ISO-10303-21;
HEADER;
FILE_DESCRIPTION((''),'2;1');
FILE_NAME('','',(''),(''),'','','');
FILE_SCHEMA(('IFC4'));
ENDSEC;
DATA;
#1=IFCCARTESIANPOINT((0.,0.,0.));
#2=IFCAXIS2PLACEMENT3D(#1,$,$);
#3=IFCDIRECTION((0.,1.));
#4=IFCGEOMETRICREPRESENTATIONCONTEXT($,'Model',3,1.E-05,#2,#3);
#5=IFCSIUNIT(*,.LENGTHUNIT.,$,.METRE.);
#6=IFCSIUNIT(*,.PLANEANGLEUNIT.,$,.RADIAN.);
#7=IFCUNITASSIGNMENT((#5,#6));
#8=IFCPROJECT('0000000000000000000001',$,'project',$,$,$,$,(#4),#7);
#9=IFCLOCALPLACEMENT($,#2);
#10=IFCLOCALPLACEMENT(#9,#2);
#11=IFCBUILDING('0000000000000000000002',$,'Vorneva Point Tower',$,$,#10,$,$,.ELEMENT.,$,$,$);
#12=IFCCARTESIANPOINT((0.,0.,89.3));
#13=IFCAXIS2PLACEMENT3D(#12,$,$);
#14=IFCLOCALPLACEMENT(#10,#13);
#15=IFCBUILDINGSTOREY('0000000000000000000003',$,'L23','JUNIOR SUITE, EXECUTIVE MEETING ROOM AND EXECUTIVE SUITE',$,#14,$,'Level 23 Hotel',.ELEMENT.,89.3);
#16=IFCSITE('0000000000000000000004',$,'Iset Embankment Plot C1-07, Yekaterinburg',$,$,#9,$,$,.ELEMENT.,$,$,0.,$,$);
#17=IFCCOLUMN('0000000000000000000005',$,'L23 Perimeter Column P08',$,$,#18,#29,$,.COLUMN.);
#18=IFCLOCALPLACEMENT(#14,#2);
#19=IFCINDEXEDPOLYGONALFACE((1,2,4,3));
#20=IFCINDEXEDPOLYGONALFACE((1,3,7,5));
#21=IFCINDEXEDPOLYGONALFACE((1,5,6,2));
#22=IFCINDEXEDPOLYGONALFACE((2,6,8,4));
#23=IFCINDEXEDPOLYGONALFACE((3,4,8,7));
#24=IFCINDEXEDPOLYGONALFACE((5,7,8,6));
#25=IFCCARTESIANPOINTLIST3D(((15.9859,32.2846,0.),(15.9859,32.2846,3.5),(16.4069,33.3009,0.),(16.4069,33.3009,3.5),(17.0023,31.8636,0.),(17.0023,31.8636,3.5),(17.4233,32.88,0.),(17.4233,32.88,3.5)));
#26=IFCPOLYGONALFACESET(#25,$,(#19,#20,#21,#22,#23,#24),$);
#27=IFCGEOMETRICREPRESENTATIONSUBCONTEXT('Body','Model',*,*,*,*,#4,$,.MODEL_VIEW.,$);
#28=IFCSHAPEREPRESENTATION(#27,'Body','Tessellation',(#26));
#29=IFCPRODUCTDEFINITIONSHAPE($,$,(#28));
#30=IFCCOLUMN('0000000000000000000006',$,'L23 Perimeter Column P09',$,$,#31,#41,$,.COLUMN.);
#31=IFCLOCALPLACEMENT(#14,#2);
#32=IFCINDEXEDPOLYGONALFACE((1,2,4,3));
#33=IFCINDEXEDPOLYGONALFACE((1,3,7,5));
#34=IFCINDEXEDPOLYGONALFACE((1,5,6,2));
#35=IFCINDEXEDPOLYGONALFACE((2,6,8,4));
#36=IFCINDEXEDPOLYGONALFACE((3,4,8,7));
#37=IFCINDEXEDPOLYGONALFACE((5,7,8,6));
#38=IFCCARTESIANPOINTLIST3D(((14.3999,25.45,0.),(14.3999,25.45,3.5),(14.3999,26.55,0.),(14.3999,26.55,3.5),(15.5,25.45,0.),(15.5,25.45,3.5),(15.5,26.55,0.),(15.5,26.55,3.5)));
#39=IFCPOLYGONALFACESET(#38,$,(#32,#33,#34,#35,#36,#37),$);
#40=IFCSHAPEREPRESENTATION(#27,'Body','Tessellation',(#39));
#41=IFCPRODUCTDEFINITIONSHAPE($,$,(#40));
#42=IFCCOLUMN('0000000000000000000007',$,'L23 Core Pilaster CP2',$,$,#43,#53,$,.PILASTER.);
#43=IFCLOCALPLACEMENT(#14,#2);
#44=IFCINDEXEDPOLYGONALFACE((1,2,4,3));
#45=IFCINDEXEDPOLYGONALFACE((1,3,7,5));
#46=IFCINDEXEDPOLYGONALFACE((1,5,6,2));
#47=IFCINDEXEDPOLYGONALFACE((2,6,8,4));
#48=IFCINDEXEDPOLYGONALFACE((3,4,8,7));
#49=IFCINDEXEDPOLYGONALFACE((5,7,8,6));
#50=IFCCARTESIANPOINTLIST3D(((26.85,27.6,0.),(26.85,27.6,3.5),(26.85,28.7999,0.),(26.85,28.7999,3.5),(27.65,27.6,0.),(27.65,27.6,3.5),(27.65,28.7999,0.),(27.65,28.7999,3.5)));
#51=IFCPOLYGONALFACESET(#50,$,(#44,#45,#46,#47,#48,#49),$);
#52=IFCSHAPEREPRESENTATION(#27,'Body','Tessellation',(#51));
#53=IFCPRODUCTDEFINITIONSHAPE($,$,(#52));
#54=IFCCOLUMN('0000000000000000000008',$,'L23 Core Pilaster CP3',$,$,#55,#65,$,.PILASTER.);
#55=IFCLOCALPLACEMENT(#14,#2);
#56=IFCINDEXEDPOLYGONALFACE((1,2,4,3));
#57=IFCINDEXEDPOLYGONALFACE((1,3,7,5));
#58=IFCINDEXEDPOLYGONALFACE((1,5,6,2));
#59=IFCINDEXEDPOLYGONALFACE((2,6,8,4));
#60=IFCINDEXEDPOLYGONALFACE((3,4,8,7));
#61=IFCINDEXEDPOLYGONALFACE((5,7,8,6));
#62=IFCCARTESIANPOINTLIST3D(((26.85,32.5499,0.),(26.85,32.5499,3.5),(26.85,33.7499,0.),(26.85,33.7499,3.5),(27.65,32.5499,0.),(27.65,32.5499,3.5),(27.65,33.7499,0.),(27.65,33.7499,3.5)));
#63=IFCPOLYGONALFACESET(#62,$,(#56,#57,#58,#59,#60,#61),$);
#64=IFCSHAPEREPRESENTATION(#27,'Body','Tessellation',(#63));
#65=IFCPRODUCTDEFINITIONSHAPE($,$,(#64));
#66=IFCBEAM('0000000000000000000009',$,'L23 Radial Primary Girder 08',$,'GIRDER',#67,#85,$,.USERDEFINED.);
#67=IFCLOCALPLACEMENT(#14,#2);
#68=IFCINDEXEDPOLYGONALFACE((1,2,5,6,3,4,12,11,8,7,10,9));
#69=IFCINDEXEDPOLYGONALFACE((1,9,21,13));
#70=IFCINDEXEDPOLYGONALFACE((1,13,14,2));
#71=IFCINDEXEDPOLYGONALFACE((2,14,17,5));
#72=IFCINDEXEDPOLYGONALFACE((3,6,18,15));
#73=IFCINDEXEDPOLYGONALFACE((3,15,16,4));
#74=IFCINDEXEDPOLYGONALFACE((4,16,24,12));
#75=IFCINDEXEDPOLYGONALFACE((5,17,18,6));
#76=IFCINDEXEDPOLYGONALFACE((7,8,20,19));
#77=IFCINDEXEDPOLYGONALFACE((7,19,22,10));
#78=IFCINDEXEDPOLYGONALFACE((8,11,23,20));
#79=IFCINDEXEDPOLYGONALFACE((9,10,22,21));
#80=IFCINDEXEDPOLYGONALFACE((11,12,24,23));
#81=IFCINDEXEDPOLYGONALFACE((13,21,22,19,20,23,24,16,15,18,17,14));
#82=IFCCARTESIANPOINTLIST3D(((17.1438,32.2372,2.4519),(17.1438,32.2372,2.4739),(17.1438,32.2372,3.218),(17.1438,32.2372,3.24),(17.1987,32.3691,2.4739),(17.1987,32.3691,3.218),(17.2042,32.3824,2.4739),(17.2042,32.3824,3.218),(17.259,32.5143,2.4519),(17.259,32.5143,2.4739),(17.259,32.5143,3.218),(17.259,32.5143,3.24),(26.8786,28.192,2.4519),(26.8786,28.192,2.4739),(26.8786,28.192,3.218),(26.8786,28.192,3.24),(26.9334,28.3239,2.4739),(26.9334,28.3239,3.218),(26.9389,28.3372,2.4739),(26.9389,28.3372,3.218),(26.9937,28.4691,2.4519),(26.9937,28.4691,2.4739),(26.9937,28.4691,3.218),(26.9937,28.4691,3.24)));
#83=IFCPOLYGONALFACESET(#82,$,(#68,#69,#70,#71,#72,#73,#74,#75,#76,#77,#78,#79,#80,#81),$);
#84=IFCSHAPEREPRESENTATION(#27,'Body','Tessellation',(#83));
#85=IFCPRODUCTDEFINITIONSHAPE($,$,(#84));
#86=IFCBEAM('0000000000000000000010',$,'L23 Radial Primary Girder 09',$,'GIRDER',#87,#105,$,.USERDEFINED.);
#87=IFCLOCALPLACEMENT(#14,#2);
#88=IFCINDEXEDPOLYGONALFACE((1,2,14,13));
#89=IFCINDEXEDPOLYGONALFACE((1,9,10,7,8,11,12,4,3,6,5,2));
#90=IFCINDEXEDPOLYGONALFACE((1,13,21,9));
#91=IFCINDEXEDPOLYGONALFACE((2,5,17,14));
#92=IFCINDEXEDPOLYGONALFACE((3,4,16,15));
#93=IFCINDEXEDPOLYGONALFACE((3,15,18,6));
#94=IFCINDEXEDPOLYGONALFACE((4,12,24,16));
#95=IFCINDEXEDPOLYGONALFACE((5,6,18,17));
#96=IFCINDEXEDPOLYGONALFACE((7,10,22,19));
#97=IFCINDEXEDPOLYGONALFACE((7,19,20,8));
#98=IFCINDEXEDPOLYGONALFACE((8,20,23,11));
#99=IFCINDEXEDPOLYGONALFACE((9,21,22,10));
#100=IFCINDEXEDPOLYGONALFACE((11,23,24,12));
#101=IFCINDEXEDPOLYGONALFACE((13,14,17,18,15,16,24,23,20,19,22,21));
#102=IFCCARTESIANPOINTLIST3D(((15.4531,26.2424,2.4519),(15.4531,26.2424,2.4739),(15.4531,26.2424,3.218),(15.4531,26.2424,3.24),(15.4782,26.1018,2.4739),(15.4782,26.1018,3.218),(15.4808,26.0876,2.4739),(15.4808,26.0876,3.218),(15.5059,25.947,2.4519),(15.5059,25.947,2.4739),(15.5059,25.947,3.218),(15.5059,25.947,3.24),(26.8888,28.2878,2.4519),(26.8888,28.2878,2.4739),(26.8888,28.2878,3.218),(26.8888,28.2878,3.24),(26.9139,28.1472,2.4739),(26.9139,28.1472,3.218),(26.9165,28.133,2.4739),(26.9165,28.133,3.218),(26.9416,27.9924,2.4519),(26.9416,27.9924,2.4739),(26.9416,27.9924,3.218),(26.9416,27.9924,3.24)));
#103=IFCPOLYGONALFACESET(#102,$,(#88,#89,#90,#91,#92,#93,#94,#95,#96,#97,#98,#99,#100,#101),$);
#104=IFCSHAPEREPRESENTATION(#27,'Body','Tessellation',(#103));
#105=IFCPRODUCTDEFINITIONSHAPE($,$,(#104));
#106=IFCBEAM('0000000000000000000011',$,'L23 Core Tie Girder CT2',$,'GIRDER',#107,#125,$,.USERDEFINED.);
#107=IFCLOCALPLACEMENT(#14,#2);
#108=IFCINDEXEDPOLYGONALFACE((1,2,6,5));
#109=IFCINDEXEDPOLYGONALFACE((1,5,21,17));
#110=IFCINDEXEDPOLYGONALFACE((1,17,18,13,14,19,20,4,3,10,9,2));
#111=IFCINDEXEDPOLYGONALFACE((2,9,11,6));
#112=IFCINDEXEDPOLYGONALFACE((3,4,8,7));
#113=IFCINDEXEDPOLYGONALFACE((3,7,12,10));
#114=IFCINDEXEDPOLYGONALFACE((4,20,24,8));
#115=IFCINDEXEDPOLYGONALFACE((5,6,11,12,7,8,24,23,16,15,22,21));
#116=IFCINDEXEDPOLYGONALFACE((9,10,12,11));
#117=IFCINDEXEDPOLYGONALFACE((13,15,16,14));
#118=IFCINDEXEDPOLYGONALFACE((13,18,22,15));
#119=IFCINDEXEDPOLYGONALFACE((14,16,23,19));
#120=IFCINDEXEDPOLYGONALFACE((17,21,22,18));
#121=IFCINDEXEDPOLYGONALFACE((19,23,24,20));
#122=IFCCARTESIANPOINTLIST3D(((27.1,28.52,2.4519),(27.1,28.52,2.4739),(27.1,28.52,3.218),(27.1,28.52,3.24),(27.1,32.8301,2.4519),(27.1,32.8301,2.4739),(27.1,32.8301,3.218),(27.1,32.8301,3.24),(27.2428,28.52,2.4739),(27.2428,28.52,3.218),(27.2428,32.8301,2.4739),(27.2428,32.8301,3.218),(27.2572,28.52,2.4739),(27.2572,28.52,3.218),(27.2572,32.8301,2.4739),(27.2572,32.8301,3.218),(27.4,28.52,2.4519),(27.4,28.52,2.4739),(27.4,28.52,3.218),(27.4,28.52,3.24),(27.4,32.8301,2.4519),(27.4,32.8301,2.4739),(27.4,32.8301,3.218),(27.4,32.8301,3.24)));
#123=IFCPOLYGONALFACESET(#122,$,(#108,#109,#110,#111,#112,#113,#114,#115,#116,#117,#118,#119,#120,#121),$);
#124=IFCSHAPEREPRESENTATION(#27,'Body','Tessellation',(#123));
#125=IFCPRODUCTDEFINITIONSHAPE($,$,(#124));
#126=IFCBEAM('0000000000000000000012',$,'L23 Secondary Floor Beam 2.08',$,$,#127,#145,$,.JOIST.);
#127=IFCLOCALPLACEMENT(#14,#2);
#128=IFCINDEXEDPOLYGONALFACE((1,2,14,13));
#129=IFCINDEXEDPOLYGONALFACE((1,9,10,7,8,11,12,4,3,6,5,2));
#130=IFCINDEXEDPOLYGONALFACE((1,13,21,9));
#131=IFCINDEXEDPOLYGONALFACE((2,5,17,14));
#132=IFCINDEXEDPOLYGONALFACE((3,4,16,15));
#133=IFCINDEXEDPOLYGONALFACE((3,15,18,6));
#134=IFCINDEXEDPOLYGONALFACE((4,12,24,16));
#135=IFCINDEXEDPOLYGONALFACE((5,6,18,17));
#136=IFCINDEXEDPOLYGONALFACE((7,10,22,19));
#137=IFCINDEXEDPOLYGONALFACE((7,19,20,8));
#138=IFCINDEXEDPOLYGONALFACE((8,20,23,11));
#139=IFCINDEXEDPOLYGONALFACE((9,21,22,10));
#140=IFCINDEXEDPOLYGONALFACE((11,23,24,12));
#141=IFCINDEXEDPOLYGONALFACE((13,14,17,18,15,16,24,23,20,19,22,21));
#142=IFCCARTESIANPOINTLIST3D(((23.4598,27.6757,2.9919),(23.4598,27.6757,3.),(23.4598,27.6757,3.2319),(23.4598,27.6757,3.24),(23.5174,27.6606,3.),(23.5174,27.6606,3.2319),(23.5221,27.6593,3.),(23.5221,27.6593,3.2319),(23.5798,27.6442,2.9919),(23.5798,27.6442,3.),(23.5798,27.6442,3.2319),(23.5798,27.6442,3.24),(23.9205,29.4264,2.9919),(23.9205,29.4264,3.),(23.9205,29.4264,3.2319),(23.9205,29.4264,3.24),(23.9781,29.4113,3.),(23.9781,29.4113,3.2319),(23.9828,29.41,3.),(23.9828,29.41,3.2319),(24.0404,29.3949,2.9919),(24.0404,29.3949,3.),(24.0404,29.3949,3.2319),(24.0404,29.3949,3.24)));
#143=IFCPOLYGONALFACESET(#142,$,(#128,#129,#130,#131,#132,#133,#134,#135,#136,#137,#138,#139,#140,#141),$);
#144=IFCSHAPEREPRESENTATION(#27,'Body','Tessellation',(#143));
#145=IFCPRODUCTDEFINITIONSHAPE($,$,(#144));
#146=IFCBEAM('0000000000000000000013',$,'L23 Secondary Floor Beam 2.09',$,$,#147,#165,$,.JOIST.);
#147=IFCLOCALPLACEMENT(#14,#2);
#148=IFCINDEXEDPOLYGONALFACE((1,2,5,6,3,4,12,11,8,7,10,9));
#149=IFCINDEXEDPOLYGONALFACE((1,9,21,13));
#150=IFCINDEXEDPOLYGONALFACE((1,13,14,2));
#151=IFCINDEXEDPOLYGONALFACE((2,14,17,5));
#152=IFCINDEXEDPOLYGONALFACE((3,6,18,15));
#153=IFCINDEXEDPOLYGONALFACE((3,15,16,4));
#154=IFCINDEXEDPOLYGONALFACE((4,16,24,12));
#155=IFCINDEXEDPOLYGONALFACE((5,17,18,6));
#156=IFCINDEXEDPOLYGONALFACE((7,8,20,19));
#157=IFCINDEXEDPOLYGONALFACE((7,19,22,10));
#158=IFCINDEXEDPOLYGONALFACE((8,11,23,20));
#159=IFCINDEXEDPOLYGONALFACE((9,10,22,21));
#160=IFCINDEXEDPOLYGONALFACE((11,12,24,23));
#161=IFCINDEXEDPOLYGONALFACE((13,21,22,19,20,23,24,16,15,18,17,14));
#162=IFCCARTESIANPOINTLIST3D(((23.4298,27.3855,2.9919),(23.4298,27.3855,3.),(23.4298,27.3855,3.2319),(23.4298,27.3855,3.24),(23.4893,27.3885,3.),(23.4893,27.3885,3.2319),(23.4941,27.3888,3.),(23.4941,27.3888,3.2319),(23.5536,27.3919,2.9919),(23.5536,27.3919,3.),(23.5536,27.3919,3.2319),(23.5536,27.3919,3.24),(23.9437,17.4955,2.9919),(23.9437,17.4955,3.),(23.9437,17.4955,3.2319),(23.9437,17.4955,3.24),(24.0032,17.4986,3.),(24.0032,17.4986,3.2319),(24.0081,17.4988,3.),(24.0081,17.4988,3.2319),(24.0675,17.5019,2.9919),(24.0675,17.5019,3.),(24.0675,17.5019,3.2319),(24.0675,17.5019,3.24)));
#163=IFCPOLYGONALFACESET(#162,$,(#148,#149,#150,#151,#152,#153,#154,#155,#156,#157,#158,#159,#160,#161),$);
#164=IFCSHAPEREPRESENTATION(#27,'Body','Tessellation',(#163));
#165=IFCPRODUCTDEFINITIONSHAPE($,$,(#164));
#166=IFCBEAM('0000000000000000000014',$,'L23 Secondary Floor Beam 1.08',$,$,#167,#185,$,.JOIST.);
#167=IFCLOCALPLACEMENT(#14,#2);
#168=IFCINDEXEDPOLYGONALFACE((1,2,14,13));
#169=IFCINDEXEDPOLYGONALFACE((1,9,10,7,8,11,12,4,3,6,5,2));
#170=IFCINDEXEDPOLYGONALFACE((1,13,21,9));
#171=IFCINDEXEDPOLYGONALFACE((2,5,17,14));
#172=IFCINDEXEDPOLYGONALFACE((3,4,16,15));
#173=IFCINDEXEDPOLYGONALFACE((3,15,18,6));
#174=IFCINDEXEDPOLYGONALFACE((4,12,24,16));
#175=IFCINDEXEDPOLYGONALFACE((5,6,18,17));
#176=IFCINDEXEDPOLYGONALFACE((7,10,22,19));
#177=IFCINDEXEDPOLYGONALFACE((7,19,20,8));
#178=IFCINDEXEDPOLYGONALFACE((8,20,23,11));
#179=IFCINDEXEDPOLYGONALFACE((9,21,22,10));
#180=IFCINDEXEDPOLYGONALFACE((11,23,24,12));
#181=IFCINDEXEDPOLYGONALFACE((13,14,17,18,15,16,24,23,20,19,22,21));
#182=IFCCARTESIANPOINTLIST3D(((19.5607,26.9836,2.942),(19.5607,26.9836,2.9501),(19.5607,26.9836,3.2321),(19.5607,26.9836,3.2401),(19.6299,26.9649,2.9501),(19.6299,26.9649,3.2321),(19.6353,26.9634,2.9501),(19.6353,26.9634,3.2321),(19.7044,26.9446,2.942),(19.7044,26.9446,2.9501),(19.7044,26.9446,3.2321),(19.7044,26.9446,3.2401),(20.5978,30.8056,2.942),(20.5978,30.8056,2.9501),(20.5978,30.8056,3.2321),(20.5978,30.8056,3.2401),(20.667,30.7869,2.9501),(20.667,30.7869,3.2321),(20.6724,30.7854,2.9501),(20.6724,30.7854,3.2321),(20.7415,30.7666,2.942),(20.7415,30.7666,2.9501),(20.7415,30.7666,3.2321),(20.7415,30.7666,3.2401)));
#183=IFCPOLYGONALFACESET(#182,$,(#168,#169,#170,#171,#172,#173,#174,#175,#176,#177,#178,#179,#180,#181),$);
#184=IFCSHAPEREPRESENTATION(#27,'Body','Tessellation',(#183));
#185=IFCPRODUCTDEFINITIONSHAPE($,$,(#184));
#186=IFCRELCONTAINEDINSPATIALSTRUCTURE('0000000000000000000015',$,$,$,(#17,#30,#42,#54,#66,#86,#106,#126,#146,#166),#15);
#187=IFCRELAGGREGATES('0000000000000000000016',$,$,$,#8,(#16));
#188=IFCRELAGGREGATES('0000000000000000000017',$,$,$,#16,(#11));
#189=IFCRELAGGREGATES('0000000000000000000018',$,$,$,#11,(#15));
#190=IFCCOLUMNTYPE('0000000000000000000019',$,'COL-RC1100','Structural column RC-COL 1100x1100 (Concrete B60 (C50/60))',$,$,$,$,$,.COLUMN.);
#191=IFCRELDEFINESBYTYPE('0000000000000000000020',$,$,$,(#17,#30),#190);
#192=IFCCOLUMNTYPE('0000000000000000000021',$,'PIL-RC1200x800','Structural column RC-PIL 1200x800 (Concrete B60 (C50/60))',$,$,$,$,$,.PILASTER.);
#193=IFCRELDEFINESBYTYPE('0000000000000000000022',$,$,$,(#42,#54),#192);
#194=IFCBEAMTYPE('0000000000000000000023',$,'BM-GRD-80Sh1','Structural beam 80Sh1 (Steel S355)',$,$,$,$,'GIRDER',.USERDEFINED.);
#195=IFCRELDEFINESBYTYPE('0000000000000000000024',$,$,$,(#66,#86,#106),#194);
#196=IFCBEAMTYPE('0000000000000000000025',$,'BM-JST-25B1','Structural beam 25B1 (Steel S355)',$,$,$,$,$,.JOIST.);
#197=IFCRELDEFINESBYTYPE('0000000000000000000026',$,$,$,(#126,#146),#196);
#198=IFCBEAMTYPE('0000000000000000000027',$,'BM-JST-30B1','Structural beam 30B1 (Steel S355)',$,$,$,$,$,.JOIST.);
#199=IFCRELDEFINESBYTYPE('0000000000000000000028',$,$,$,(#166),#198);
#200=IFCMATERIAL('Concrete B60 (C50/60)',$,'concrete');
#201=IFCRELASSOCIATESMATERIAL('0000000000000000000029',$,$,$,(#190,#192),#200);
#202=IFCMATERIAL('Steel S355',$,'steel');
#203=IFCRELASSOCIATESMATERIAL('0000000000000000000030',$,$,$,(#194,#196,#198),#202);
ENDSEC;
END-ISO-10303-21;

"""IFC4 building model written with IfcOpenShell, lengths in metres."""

from ifc_helpers import new_model, si_unit, direction, frame, origin, origin_2d, place, context, subcontext, project, spatial, rectangle, i_section, extrude, material, material_profile, profile_set, type_object, element, save


model = new_model("IFC4")

# Units and contexts
model_context = context("Model", 3, precision=1e-05, world=origin(), true_north=direction((0.0, 1.0)))
body_context = subcontext(model_context, "Body", "Model", "MODEL_VIEW")
ifc_project = project(units=[si_unit("LENGTHUNIT", "METRE"), si_unit("PLANEANGLEUNIT", "RADIAN")], contexts=[model_context])

# Site, building, storey
site_placement = place(None, origin())
site = spatial("IfcSite", under=ifc_project, at=site_placement, Name="Iset Embankment Plot C1-07, Yekaterinburg", CompositionType="ELEMENT", RefElevation=0.0)
building_placement = place(site_placement, origin())
building = spatial("IfcBuilding", under=site, at=building_placement, Name="Vorneva Point Tower", CompositionType="ELEMENT")
storey_placement = place(building_placement, frame((0.0, 0.0, 89.3)))
storey = spatial("IfcBuildingStorey", under=building, at=storey_placement, Name="L23", Description="JUNIOR SUITE, EXECUTIVE MEETING ROOM AND EXECUTIVE SUITE", LongName="Level 23 Hotel", CompositionType="ELEMENT", Elevation=89.3)

# Columns
ifc_material_1 = material(Name="Concrete B60 (C50/60)", Category="concrete")
ifc_material_profile_1 = material_profile(ifc_material_1, rectangle(XDim=1.1001, YDim=1.1001, at=origin_2d()), Name="RC-COL 1100x1100")
ifc_profile_set_1 = profile_set([ifc_material_profile_1], Name="Concrete B60 (C50/60)")
column_type_1 = type_object("IfcColumnType", Name="COL-RC1100", Description="Structural column RC-COL 1100x1100 (Concrete B60 (C50/60))", PredefinedType="COLUMN", material=ifc_profile_set_1)
for number, where, z_axis, x_axis, name in (
    (1, (16.7046, 32.5823, 0.0), (0.0, 0.0, 1.0), (-0.92388, 0.382683, 0.0), "L23 Perimeter Column P08"),
    (2, (14.95, 26.0, 0.0), (0.0, 0.0, 1.0), (-1.0, 0.0, 0.0), "L23 Perimeter Column P09"),
):
    element("IfcColumn", number, at=place(storey_placement, frame(where, z_axis=z_axis, x_axis=x_axis)), inside=storey, type_object=column_type_1, Name=name, PredefinedType="COLUMN", context=body_context, shape_type="SweptSolid", body=[
        extrude(rectangle(XDim=1.1001, YDim=1.1001, at=origin_2d()), origin(), (0.0, 0.0, 1.0), 3.5),
    ])
ifc_material_profile_2 = material_profile(ifc_material_1, rectangle(XDim=0.8, YDim=1.2, at=origin_2d()), Name="RC-PIL 1200x800")
ifc_profile_set_2 = profile_set([ifc_material_profile_2], Name="Concrete B60 (C50/60)")
column_type_2 = type_object("IfcColumnType", Name="PIL-RC1200x800", Description="Structural column RC-PIL 1200x800 (Concrete B60 (C50/60))", PredefinedType="PILASTER", material=ifc_profile_set_2)
for number, where, z_axis, x_axis, name in (
    (3, (27.25, 28.2, 0.0), (0.0, 0.0, 1.0), (1.0, 0.0, 0.0), "L23 Core Pilaster CP2"),
    (4, (27.25, 33.1499, 0.0), (0.0, 0.0, 1.0), (1.0, 0.0, 0.0), "L23 Core Pilaster CP3"),
):
    element("IfcColumn", number, at=place(storey_placement, frame(where, z_axis=z_axis, x_axis=x_axis)), inside=storey, type_object=column_type_2, Name=name, PredefinedType="PILASTER", context=body_context, shape_type="SweptSolid", body=[
        extrude(rectangle(XDim=0.8, YDim=1.2, at=origin_2d()), origin(), (0.0, 0.0, 1.0), 3.5),
    ])

# Beams
ifc_material_2 = material(Name="Steel S355", Category="steel")
ifc_material_profile_3 = material_profile(ifc_material_2, i_section(OverallWidth=0.3, OverallDepth=0.7881, WebThickness=0.0144, FlangeThickness=0.022, at=origin_2d()), Name="80Sh1")
ifc_profile_set_3 = profile_set([ifc_material_profile_3], Name="Steel S355")
beam_type_1 = type_object("IfcBeamType", Name="BM-GRD-80Sh1", Description="Structural beam 80Sh1 (Steel S355)", ElementType="GIRDER", PredefinedType="USERDEFINED", material=ifc_profile_set_3)
beam_1_placement = place(storey_placement, frame((17.2014, 32.3757, 2.8459), z_axis=(0.923444, -0.383732, 0.0), x_axis=(0.383732, 0.923444, 0.0)))
element("IfcBeam", 5, at=beam_1_placement, inside=storey, type_object=beam_type_1, Name="L23 Radial Primary Girder 08", ObjectType="GIRDER", PredefinedType="USERDEFINED", context=body_context, shape_type="SweptSolid", body=[
    extrude(i_section(OverallWidth=0.3, OverallDepth=0.7881, WebThickness=0.0144, FlangeThickness=0.022, at=origin_2d()), origin(), (0.0, 0.0, 1.0), 10.5417),
])
beam_2_placement = place(storey_placement, frame((15.4795, 26.0947, 2.8459), z_axis=(0.984378, 0.176066, 0.0), x_axis=(-0.176066, 0.984378, 0.0)))
element("IfcBeam", 6, at=beam_2_placement, inside=storey, type_object=beam_type_1, Name="L23 Radial Primary Girder 09", ObjectType="GIRDER", PredefinedType="USERDEFINED", context=body_context, shape_type="SweptSolid", body=[
    extrude(i_section(OverallWidth=0.3, OverallDepth=0.7881, WebThickness=0.0144, FlangeThickness=0.022, at=origin_2d()), origin(), (0.0, 0.0, 1.0), 11.6172),
])
beam_3_placement = place(storey_placement, frame((27.25, 28.52, 2.8459), z_axis=(0.0, 1.0, 0.0), x_axis=(-1.0, 0.0, 0.0)))
element("IfcBeam", 7, at=beam_3_placement, inside=storey, type_object=beam_type_1, Name="L23 Core Tie Girder CT2", ObjectType="GIRDER", PredefinedType="USERDEFINED", context=body_context, shape_type="SweptSolid", body=[
    extrude(i_section(OverallWidth=0.3, OverallDepth=0.7881, WebThickness=0.0144, FlangeThickness=0.022, at=origin_2d()), origin(), (0.0, 0.0, 1.0), 4.3101),
])
ifc_material_profile_4 = material_profile(ifc_material_2, i_section(OverallWidth=0.124, OverallDepth=0.248, WebThickness=0.0049, FlangeThickness=0.0081, at=origin_2d()), Name="25B1")
ifc_profile_set_4 = profile_set([ifc_material_profile_4], Name="Steel S355")
beam_type_2 = type_object("IfcBeamType", Name="BM-JST-25B1", Description="Structural beam 25B1 (Steel S355)", PredefinedType="JOIST", material=ifc_profile_set_4)
beam_4_placement = place(storey_placement, frame((23.9805, 29.4106, 3.116), z_axis=(-0.25448, -0.967078, 0.0), x_axis=(0.967078, -0.25448, 0.0)))
element("IfcBeam", 8, at=beam_4_placement, inside=storey, type_object=beam_type_2, Name="L23 Secondary Floor Beam 2.08", PredefinedType="JOIST", context=body_context, shape_type="SweptSolid", body=[
    extrude(i_section(OverallWidth=0.124, OverallDepth=0.248, WebThickness=0.0049, FlangeThickness=0.0081, at=origin_2d()), origin(), (0.0, 0.0, 1.0), 1.8103),
])
beam_5_placement = place(storey_placement, frame((23.4917, 27.3887, 3.116), z_axis=(0.051894, -0.998653, 0.0), x_axis=(0.998653, 0.051894, 0.0)))
element("IfcBeam", 9, at=beam_5_placement, inside=storey, type_object=beam_type_2, Name="L23 Secondary Floor Beam 2.09", PredefinedType="JOIST", context=body_context, shape_type="SweptSolid", body=[
    extrude(i_section(OverallWidth=0.124, OverallDepth=0.248, WebThickness=0.0049, FlangeThickness=0.0081, at=origin_2d()), origin(), (0.0, 0.0, 1.0), 9.9033),
])
ifc_material_profile_5 = material_profile(ifc_material_2, i_section(OverallWidth=0.1489, OverallDepth=0.2981, WebThickness=0.0056, FlangeThickness=0.0081, at=origin_2d()), Name="30B1")
ifc_profile_set_5 = profile_set([ifc_material_profile_5], Name="Steel S355")
beam_type_3 = type_object("IfcBeamType", Name="BM-JST-30B1", Description="Structural beam 30B1 (Steel S355)", PredefinedType="JOIST", material=ifc_profile_set_5)
beam_6_placement = place(storey_placement, frame((20.6697, 30.7861, 3.0911), z_axis=(-0.261881, -0.9651, 0.0), x_axis=(0.9651, -0.261881, 0.0)))
element("IfcBeam", 10, at=beam_6_placement, inside=storey, type_object=beam_type_3, Name="L23 Secondary Floor Beam 1.08", PredefinedType="JOIST", context=body_context, shape_type="SweptSolid", body=[
    extrude(i_section(OverallWidth=0.1489, OverallDepth=0.2981, WebThickness=0.0056, FlangeThickness=0.0081, at=origin_2d()), origin(), (0.0, 0.0, 1.0), 3.9602),
])

save(model, "model.ifc")
